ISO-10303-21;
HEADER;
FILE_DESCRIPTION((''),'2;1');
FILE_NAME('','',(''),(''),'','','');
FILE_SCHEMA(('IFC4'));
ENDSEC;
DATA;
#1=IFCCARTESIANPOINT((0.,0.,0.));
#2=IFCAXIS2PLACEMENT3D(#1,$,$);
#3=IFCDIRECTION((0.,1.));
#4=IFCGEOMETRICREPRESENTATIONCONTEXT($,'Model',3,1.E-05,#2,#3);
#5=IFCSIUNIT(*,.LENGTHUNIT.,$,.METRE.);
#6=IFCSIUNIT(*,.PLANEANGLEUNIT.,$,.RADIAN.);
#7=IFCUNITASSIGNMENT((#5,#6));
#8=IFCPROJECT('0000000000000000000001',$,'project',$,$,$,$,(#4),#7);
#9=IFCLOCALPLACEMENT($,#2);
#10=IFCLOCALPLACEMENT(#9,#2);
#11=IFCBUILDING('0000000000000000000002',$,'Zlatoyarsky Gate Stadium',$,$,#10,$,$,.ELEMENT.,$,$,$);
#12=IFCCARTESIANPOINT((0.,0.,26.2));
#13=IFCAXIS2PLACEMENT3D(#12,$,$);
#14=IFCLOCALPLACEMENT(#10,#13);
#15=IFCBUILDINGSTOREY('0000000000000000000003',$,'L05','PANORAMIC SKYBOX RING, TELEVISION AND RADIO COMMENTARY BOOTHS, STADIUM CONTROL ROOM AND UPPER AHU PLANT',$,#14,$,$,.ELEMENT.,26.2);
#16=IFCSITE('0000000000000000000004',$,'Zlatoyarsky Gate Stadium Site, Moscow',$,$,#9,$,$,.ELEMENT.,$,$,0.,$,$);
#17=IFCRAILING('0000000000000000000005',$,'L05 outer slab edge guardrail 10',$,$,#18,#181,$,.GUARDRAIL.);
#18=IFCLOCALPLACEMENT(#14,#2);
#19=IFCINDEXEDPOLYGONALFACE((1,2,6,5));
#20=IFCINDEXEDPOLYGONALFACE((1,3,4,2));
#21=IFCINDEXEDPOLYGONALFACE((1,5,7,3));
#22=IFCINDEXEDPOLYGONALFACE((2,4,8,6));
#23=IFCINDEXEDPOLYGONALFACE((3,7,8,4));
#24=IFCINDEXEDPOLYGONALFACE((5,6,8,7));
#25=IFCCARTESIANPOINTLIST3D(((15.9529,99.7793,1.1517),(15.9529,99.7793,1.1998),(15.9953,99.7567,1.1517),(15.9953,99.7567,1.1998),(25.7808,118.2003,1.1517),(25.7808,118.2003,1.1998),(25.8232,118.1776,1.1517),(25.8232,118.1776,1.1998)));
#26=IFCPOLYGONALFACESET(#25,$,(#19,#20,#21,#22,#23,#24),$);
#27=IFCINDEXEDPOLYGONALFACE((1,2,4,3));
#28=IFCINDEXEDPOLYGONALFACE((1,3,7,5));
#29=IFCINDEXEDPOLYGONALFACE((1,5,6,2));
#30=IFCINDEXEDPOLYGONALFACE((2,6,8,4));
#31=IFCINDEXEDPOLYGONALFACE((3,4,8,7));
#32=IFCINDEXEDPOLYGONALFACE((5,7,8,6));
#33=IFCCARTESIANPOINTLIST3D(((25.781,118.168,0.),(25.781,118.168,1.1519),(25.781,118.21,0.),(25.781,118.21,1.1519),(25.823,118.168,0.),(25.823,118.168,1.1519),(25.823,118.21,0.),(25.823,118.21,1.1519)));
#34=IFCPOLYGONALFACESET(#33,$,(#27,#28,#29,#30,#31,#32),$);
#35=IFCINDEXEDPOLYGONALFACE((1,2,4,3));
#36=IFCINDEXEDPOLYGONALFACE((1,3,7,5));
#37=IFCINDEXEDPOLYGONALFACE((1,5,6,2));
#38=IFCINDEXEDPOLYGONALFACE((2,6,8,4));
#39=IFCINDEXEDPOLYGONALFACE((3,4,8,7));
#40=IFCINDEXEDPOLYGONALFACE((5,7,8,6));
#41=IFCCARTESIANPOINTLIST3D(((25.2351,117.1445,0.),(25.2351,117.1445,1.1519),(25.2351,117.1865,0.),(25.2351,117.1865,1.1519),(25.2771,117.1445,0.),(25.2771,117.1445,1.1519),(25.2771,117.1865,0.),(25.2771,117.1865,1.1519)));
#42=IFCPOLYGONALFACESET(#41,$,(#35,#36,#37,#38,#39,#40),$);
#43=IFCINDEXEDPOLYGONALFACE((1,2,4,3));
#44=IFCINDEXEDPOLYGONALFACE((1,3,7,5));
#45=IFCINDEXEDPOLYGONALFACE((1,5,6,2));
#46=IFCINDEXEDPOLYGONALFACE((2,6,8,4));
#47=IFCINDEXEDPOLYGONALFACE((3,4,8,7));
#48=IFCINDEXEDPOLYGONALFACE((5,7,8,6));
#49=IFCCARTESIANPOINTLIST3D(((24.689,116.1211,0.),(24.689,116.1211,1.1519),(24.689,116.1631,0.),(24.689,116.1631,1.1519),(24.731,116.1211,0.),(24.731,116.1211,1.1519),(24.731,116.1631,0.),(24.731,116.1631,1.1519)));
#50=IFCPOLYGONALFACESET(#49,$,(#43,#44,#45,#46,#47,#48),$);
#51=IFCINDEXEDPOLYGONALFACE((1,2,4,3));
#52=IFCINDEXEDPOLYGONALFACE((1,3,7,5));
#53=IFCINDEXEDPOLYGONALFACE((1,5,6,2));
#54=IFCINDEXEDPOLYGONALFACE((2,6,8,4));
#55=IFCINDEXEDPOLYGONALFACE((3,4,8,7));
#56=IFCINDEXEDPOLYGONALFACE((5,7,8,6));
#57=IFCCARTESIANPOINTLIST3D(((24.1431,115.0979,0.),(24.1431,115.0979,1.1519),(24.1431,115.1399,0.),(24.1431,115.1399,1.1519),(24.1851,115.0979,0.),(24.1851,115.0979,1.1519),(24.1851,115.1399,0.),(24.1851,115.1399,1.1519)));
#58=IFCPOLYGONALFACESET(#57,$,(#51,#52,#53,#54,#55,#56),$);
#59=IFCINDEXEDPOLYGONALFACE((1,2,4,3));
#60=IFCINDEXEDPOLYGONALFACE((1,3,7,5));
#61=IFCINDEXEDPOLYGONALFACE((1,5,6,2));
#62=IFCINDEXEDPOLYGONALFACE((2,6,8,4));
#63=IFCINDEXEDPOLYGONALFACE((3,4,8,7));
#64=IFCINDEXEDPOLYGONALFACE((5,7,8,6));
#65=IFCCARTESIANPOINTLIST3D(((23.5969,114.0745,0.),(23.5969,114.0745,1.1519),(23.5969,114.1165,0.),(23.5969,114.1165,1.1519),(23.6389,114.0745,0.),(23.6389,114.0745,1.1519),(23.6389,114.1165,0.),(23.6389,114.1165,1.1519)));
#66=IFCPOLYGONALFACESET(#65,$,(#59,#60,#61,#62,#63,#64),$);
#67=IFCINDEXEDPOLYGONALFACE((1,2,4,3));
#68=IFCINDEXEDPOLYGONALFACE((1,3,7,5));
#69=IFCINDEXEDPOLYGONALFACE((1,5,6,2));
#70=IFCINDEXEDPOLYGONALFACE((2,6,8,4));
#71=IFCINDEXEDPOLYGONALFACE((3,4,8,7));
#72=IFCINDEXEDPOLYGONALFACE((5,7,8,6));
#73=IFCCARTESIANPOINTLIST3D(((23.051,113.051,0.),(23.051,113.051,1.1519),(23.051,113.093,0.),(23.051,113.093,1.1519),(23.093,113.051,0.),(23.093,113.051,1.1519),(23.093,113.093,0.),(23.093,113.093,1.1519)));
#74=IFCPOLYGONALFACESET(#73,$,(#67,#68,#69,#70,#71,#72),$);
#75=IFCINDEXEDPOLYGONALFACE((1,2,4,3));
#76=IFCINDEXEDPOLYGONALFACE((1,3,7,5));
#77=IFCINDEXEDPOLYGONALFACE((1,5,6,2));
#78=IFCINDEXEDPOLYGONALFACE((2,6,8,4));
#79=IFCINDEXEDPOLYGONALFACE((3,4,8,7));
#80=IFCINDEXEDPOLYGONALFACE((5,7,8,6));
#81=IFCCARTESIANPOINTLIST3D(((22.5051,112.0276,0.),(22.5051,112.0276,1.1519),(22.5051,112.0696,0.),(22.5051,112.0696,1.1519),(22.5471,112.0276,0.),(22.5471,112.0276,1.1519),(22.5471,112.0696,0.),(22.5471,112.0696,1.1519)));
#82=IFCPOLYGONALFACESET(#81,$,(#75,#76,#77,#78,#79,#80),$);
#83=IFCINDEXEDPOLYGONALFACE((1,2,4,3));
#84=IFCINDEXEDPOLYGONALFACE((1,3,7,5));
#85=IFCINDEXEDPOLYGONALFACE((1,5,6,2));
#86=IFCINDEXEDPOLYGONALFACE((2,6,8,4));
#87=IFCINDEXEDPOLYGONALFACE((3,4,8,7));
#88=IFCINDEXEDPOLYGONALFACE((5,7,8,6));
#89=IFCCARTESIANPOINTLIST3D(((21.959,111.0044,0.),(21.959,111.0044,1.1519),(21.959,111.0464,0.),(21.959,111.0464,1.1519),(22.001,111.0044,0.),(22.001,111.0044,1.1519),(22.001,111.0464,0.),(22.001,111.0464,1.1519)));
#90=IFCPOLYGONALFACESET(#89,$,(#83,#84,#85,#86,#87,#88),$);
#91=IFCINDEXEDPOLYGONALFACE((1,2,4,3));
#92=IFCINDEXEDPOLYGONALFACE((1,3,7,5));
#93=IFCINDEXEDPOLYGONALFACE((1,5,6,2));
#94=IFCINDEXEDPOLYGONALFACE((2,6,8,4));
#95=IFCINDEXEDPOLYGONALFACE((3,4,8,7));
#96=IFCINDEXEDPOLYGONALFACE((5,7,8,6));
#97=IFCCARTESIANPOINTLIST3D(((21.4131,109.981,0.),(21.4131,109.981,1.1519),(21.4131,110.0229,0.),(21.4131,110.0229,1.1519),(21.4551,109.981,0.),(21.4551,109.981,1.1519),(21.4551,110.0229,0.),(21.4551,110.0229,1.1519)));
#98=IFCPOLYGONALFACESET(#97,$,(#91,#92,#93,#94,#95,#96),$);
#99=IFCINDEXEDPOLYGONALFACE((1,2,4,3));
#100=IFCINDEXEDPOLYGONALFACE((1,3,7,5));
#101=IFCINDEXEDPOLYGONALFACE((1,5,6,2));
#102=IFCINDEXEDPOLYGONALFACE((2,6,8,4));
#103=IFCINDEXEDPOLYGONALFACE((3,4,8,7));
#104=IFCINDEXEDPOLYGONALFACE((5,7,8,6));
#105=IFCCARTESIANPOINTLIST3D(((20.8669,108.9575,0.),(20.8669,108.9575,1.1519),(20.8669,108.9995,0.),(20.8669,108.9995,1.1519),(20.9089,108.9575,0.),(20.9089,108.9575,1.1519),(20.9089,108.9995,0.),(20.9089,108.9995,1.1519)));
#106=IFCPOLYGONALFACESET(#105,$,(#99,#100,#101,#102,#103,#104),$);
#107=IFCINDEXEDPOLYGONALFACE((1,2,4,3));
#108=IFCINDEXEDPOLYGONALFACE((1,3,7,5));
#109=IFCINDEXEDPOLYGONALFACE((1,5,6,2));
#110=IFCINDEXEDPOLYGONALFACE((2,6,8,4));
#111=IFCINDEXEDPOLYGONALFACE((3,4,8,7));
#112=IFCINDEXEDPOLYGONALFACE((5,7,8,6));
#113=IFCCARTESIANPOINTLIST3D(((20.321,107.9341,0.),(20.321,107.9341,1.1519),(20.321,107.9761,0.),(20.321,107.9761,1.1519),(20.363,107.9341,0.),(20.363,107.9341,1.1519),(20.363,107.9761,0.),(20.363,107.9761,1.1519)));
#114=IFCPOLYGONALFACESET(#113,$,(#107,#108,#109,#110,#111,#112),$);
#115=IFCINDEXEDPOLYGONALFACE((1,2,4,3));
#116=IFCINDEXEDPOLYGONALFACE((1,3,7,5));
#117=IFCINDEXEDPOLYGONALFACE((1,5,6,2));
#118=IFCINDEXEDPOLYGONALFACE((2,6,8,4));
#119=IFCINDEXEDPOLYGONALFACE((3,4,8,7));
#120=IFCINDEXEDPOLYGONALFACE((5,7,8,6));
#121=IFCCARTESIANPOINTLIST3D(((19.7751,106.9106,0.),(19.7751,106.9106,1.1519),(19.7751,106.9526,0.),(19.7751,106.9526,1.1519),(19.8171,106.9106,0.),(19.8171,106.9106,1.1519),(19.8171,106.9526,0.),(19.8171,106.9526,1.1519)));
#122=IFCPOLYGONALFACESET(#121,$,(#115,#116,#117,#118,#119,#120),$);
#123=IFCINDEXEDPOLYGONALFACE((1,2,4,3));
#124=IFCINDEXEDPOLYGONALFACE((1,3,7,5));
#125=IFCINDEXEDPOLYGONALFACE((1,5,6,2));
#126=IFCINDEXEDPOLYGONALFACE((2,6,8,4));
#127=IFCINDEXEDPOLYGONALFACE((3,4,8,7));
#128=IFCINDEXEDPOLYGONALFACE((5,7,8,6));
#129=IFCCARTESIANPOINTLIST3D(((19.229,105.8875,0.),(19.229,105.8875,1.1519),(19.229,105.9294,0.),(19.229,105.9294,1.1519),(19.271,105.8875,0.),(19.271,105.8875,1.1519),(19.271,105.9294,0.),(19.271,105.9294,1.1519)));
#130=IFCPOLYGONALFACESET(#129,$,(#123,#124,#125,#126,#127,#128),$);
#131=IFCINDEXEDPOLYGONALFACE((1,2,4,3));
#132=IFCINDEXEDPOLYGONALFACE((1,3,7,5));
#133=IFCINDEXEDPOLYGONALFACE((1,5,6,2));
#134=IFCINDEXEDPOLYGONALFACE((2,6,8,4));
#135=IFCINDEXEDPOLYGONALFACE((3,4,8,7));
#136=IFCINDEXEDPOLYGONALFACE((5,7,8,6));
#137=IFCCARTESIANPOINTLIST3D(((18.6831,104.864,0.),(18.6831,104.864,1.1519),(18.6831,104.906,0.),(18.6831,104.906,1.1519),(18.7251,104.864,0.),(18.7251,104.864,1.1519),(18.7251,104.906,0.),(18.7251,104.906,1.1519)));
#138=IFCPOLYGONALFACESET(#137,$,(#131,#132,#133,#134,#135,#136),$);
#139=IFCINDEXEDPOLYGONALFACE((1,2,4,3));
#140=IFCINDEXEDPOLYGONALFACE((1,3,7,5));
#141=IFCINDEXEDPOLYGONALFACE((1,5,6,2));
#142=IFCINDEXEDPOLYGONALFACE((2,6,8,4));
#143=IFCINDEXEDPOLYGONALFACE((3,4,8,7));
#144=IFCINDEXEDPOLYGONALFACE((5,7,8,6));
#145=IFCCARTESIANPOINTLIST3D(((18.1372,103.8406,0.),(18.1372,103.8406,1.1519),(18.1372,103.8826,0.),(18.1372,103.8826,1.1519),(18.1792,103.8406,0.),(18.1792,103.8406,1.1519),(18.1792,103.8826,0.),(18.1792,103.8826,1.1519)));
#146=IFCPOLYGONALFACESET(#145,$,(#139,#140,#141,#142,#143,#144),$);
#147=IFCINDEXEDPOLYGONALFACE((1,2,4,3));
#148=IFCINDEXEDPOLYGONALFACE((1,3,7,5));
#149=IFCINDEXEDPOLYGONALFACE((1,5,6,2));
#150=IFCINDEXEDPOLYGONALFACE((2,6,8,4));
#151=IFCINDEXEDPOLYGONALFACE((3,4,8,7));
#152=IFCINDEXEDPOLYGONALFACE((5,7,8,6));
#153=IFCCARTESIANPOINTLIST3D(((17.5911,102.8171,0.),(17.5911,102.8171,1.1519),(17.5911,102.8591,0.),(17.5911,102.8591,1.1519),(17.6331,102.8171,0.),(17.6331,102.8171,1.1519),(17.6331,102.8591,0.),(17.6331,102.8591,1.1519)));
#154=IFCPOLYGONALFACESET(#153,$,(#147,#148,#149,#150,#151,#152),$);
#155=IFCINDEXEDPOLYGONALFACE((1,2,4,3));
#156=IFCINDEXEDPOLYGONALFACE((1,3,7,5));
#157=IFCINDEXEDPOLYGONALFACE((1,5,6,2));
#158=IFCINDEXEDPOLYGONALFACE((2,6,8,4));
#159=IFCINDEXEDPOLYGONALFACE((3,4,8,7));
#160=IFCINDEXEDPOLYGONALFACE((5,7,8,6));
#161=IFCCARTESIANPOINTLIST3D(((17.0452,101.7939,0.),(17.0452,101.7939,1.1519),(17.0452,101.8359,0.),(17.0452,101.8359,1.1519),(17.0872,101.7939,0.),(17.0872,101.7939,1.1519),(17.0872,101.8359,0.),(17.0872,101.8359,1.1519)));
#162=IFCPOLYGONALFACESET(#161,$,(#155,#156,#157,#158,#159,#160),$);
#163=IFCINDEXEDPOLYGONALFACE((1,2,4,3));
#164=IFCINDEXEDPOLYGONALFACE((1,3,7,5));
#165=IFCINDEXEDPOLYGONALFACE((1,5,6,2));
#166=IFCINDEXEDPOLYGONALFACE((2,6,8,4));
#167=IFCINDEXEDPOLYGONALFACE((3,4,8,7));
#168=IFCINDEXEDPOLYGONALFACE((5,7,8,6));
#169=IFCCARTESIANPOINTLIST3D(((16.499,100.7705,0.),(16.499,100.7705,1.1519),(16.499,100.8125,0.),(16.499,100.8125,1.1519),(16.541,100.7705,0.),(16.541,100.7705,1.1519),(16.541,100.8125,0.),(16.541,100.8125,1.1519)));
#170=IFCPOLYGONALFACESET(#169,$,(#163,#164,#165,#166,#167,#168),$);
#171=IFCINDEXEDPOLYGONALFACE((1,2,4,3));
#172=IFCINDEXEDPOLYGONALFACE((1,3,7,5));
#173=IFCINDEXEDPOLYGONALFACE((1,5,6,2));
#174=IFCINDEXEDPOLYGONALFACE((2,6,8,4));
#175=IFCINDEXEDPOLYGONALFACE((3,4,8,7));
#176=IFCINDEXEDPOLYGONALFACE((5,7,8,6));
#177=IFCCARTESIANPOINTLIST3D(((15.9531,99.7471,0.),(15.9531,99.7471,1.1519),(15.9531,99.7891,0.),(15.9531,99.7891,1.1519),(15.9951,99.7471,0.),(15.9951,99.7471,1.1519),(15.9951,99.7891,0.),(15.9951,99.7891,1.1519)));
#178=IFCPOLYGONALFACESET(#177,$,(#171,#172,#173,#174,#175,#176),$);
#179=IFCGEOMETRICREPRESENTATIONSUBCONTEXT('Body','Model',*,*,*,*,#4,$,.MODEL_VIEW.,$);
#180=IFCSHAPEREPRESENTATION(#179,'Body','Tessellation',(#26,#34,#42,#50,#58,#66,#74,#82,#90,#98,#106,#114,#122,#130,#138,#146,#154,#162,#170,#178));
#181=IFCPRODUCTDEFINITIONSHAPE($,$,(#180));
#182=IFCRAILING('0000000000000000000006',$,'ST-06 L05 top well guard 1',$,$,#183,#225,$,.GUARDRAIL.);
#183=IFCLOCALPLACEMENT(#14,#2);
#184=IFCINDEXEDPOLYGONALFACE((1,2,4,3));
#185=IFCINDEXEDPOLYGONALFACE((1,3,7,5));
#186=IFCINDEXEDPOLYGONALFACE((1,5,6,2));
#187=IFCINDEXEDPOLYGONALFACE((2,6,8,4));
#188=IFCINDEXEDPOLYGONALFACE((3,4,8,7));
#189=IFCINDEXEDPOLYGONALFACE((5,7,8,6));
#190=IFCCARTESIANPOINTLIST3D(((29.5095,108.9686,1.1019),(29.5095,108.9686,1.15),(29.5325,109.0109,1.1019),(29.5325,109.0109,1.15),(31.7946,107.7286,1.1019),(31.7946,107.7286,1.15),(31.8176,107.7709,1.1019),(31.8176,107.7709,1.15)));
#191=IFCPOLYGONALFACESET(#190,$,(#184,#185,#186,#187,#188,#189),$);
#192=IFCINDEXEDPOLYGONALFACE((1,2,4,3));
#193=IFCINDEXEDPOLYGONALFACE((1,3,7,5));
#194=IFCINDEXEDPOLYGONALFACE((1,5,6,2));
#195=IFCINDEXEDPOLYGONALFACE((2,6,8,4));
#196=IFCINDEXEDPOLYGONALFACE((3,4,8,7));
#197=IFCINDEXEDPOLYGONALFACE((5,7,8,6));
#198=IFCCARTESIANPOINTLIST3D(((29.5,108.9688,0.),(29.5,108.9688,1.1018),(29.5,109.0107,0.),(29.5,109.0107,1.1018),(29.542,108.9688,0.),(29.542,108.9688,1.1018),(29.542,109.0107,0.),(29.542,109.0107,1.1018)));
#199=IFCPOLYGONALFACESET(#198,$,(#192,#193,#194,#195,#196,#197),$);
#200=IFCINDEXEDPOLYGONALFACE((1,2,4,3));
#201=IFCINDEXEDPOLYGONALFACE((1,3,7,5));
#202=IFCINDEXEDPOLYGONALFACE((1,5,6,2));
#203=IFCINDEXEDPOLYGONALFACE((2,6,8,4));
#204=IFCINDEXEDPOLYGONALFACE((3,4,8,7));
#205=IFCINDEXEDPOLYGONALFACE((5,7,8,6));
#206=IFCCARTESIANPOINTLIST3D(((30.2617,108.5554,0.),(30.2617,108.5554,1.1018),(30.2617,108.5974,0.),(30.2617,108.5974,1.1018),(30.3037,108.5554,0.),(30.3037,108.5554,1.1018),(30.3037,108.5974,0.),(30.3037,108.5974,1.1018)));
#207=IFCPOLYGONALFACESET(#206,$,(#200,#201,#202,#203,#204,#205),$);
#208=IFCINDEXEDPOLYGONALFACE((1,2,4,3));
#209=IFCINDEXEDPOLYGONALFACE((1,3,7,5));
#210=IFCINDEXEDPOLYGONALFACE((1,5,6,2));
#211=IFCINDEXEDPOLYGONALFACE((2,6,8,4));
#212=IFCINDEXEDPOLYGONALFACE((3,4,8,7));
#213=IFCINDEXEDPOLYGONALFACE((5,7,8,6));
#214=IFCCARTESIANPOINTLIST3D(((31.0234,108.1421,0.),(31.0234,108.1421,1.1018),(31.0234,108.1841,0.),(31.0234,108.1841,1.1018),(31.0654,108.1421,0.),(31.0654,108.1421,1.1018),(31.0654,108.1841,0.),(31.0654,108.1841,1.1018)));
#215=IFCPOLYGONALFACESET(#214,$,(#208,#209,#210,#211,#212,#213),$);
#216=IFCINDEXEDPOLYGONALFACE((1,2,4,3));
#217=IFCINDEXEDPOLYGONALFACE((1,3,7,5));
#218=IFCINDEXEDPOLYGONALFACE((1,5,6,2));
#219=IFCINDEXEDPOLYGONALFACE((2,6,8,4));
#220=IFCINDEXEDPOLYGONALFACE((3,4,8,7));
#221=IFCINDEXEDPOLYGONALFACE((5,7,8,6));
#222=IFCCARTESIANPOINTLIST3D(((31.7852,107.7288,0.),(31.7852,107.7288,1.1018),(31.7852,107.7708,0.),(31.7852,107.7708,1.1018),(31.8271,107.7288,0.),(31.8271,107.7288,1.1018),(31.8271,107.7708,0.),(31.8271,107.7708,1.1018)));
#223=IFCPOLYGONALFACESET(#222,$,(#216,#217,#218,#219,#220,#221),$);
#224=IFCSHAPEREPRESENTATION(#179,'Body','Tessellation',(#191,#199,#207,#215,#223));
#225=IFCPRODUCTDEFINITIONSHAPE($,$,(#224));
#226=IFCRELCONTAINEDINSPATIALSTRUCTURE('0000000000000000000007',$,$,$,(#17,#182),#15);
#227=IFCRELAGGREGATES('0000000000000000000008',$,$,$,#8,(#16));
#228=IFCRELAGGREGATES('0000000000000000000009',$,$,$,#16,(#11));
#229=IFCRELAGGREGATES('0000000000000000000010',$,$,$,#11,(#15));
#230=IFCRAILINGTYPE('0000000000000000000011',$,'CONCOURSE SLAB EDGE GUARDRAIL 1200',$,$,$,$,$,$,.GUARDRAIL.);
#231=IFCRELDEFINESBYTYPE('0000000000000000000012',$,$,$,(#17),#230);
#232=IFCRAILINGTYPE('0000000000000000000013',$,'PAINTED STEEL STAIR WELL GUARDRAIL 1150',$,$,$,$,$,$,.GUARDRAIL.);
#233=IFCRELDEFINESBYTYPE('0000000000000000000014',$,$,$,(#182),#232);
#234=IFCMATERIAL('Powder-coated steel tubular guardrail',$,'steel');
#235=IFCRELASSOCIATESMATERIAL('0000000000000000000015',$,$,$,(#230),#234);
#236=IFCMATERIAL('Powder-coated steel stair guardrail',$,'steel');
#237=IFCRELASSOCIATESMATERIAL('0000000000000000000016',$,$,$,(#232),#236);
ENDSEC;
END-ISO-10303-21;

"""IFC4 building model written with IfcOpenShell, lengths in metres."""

from ifc_helpers import new_model, si_unit, direction, frame, origin, origin_2d, place, context, subcontext, project, spatial, rectangle, extrude, material, type_object, element, save


model = new_model("IFC4")

# Units and contexts
model_context = context("Model", 3, precision=1e-05, world=origin(), true_north=direction((0.0, 1.0)))
body_context = subcontext(model_context, "Body", "Model", "MODEL_VIEW")
ifc_project = project(units=[si_unit("LENGTHUNIT", "METRE"), si_unit("PLANEANGLEUNIT", "RADIAN")], contexts=[model_context])

# Site, building, storey
site_placement = place(None, origin())
site = spatial("IfcSite", under=ifc_project, at=site_placement, Name="Zlatoyarsky Gate Stadium Site, Moscow", CompositionType="ELEMENT", RefElevation=0.0)
building_placement = place(site_placement, origin())
building = spatial("IfcBuilding", under=site, at=building_placement, Name="Zlatoyarsky Gate Stadium", CompositionType="ELEMENT")
storey_placement = place(building_placement, frame((0.0, 0.0, 26.2)))
storey = spatial("IfcBuildingStorey", under=building, at=storey_placement, Name="L05", Description="PANORAMIC SKYBOX RING, TELEVISION AND RADIO COMMENTARY BOOTHS, STADIUM CONTROL ROOM AND UPPER AHU PLANT", CompositionType="ELEMENT", Elevation=26.2)

# Railings
ifc_material_1 = material(Name="Powder-coated steel tubular guardrail", Category="steel")
railing_type_1 = type_object("IfcRailingType", Name="CONCOURSE SLAB EDGE GUARDRAIL 1200", PredefinedType="GUARDRAIL", material=ifc_material_1)
railing_1_placement = place(storey_placement, frame((25.802, 118.189, 0.0)))
element("IfcRailing", 1, at=railing_1_placement, inside=storey, type_object=railing_type_1, Name="L05 outer slab edge guardrail 10", PredefinedType="GUARDRAIL", context=body_context, shape_type="SweptSolid", body=[
    extrude(rectangle(XDim=0.0481, YDim=0.0481, at=origin_2d()), frame((0.0, 0.0, 1.1758), z_axis=(-0.470715, -0.882285, 0.0), x_axis=(0.882285, -0.470715, 0.0)), (0.0, 0.0, 1.0), 20.8787),
    extrude(rectangle(XDim=0.042, YDim=0.042, at=origin_2d()), origin(), (0.0, 0.0, 1.0), 1.1519),
    extrude(rectangle(XDim=0.042, YDim=0.042, at=origin_2d()), frame((-0.5459, -1.0234, 0.0)), (0.0, 0.0, 1.0), 1.1519),
    extrude(rectangle(XDim=0.042, YDim=0.042, at=origin_2d()), frame((-1.092, -2.0469, 0.0)), (0.0, 0.0, 1.0), 1.1519),
    extrude(rectangle(XDim=0.042, YDim=0.042, at=origin_2d()), frame((-1.6379, -3.0701, 0.0)), (0.0, 0.0, 1.0), 1.1519),
    extrude(rectangle(XDim=0.042, YDim=0.042, at=origin_2d()), frame((-2.1841, -4.0935, 0.0)), (0.0, 0.0, 1.0), 1.1519),
    extrude(rectangle(XDim=0.042, YDim=0.042, at=origin_2d()), frame((-2.73, -5.1169, 0.0)), (0.0, 0.0, 1.0), 1.1519),
    extrude(rectangle(XDim=0.042, YDim=0.042, at=origin_2d()), frame((-3.2759, -6.1404, 0.0)), (0.0, 0.0, 1.0), 1.1519),
    extrude(rectangle(XDim=0.042, YDim=0.042, at=origin_2d()), frame((-3.822, -7.1636, 0.0)), (0.0, 0.0, 1.0), 1.1519),
    extrude(rectangle(XDim=0.042, YDim=0.042, at=origin_2d()), frame((-4.3679, -8.187, 0.0)), (0.0, 0.0, 1.0), 1.1519),
    extrude(rectangle(XDim=0.042, YDim=0.042, at=origin_2d()), frame((-4.9141, -9.2104, 0.0)), (0.0, 0.0, 1.0), 1.1519),
    extrude(rectangle(XDim=0.042, YDim=0.042, at=origin_2d()), frame((-5.46, -10.2339, 0.0)), (0.0, 0.0, 1.0), 1.1519),
    extrude(rectangle(XDim=0.042, YDim=0.042, at=origin_2d()), frame((-6.0059, -11.2573, 0.0)), (0.0, 0.0, 1.0), 1.1519),
    extrude(rectangle(XDim=0.042, YDim=0.042, at=origin_2d()), frame((-6.552, -12.2805, 0.0)), (0.0, 0.0, 1.0), 1.1519),
    extrude(rectangle(XDim=0.042, YDim=0.042, at=origin_2d()), frame((-7.0979, -13.304, 0.0)), (0.0, 0.0, 1.0), 1.1519),
    extrude(rectangle(XDim=0.042, YDim=0.042, at=origin_2d()), frame((-7.6438, -14.3274, 0.0)), (0.0, 0.0, 1.0), 1.1519),
    extrude(rectangle(XDim=0.042, YDim=0.042, at=origin_2d()), frame((-8.1899, -15.3508, 0.0)), (0.0, 0.0, 1.0), 1.1519),
    extrude(rectangle(XDim=0.042, YDim=0.042, at=origin_2d()), frame((-8.7358, -16.374, 0.0)), (0.0, 0.0, 1.0), 1.1519),
    extrude(rectangle(XDim=0.042, YDim=0.042, at=origin_2d()), frame((-9.282, -17.3975, 0.0)), (0.0, 0.0, 1.0), 1.1519),
    extrude(rectangle(XDim=0.042, YDim=0.042, at=origin_2d()), frame((-9.8279, -18.4209, 0.0)), (0.0, 0.0, 1.0), 1.1519),
])
ifc_material_2 = material(Name="Powder-coated steel stair guardrail", Category="steel")
railing_type_2 = type_object("IfcRailingType", Name="PAINTED STEEL STAIR WELL GUARDRAIL 1150", PredefinedType="GUARDRAIL", material=ifc_material_2)
railing_2_placement = place(storey_placement, frame((29.521, 108.9897, 0.0)))
element("IfcRailing", 2, at=railing_2_placement, inside=storey, type_object=railing_type_2, Name="ST-06 L05 top well guard 1", PredefinedType="GUARDRAIL", context=body_context, shape_type="SweptSolid", body=[
    extrude(rectangle(XDim=0.0481, YDim=0.0481, at=origin_2d()), frame((0.0, 0.0, 1.126), z_axis=(0.878938, -0.476936, 0.0), x_axis=(0.476936, 0.878938, 0.0)), (0.0, 0.0, 1.0), 2.5999),
    extrude(rectangle(XDim=0.042, YDim=0.042, at=origin_2d()), origin(), (0.0, 0.0, 1.0), 1.1018),
    extrude(rectangle(XDim=0.042, YDim=0.042, at=origin_2d()), frame((0.7617, -0.4133, 0.0)), (0.0, 0.0, 1.0), 1.1018),
    extrude(rectangle(XDim=0.042, YDim=0.042, at=origin_2d()), frame((1.5234, -0.8267, 0.0)), (0.0, 0.0, 1.0), 1.1018),
    extrude(rectangle(XDim=0.042, YDim=0.042, at=origin_2d()), frame((2.2852, -1.24, 0.0)), (0.0, 0.0, 1.0), 1.1018),
])

save(model, "model.ifc")
